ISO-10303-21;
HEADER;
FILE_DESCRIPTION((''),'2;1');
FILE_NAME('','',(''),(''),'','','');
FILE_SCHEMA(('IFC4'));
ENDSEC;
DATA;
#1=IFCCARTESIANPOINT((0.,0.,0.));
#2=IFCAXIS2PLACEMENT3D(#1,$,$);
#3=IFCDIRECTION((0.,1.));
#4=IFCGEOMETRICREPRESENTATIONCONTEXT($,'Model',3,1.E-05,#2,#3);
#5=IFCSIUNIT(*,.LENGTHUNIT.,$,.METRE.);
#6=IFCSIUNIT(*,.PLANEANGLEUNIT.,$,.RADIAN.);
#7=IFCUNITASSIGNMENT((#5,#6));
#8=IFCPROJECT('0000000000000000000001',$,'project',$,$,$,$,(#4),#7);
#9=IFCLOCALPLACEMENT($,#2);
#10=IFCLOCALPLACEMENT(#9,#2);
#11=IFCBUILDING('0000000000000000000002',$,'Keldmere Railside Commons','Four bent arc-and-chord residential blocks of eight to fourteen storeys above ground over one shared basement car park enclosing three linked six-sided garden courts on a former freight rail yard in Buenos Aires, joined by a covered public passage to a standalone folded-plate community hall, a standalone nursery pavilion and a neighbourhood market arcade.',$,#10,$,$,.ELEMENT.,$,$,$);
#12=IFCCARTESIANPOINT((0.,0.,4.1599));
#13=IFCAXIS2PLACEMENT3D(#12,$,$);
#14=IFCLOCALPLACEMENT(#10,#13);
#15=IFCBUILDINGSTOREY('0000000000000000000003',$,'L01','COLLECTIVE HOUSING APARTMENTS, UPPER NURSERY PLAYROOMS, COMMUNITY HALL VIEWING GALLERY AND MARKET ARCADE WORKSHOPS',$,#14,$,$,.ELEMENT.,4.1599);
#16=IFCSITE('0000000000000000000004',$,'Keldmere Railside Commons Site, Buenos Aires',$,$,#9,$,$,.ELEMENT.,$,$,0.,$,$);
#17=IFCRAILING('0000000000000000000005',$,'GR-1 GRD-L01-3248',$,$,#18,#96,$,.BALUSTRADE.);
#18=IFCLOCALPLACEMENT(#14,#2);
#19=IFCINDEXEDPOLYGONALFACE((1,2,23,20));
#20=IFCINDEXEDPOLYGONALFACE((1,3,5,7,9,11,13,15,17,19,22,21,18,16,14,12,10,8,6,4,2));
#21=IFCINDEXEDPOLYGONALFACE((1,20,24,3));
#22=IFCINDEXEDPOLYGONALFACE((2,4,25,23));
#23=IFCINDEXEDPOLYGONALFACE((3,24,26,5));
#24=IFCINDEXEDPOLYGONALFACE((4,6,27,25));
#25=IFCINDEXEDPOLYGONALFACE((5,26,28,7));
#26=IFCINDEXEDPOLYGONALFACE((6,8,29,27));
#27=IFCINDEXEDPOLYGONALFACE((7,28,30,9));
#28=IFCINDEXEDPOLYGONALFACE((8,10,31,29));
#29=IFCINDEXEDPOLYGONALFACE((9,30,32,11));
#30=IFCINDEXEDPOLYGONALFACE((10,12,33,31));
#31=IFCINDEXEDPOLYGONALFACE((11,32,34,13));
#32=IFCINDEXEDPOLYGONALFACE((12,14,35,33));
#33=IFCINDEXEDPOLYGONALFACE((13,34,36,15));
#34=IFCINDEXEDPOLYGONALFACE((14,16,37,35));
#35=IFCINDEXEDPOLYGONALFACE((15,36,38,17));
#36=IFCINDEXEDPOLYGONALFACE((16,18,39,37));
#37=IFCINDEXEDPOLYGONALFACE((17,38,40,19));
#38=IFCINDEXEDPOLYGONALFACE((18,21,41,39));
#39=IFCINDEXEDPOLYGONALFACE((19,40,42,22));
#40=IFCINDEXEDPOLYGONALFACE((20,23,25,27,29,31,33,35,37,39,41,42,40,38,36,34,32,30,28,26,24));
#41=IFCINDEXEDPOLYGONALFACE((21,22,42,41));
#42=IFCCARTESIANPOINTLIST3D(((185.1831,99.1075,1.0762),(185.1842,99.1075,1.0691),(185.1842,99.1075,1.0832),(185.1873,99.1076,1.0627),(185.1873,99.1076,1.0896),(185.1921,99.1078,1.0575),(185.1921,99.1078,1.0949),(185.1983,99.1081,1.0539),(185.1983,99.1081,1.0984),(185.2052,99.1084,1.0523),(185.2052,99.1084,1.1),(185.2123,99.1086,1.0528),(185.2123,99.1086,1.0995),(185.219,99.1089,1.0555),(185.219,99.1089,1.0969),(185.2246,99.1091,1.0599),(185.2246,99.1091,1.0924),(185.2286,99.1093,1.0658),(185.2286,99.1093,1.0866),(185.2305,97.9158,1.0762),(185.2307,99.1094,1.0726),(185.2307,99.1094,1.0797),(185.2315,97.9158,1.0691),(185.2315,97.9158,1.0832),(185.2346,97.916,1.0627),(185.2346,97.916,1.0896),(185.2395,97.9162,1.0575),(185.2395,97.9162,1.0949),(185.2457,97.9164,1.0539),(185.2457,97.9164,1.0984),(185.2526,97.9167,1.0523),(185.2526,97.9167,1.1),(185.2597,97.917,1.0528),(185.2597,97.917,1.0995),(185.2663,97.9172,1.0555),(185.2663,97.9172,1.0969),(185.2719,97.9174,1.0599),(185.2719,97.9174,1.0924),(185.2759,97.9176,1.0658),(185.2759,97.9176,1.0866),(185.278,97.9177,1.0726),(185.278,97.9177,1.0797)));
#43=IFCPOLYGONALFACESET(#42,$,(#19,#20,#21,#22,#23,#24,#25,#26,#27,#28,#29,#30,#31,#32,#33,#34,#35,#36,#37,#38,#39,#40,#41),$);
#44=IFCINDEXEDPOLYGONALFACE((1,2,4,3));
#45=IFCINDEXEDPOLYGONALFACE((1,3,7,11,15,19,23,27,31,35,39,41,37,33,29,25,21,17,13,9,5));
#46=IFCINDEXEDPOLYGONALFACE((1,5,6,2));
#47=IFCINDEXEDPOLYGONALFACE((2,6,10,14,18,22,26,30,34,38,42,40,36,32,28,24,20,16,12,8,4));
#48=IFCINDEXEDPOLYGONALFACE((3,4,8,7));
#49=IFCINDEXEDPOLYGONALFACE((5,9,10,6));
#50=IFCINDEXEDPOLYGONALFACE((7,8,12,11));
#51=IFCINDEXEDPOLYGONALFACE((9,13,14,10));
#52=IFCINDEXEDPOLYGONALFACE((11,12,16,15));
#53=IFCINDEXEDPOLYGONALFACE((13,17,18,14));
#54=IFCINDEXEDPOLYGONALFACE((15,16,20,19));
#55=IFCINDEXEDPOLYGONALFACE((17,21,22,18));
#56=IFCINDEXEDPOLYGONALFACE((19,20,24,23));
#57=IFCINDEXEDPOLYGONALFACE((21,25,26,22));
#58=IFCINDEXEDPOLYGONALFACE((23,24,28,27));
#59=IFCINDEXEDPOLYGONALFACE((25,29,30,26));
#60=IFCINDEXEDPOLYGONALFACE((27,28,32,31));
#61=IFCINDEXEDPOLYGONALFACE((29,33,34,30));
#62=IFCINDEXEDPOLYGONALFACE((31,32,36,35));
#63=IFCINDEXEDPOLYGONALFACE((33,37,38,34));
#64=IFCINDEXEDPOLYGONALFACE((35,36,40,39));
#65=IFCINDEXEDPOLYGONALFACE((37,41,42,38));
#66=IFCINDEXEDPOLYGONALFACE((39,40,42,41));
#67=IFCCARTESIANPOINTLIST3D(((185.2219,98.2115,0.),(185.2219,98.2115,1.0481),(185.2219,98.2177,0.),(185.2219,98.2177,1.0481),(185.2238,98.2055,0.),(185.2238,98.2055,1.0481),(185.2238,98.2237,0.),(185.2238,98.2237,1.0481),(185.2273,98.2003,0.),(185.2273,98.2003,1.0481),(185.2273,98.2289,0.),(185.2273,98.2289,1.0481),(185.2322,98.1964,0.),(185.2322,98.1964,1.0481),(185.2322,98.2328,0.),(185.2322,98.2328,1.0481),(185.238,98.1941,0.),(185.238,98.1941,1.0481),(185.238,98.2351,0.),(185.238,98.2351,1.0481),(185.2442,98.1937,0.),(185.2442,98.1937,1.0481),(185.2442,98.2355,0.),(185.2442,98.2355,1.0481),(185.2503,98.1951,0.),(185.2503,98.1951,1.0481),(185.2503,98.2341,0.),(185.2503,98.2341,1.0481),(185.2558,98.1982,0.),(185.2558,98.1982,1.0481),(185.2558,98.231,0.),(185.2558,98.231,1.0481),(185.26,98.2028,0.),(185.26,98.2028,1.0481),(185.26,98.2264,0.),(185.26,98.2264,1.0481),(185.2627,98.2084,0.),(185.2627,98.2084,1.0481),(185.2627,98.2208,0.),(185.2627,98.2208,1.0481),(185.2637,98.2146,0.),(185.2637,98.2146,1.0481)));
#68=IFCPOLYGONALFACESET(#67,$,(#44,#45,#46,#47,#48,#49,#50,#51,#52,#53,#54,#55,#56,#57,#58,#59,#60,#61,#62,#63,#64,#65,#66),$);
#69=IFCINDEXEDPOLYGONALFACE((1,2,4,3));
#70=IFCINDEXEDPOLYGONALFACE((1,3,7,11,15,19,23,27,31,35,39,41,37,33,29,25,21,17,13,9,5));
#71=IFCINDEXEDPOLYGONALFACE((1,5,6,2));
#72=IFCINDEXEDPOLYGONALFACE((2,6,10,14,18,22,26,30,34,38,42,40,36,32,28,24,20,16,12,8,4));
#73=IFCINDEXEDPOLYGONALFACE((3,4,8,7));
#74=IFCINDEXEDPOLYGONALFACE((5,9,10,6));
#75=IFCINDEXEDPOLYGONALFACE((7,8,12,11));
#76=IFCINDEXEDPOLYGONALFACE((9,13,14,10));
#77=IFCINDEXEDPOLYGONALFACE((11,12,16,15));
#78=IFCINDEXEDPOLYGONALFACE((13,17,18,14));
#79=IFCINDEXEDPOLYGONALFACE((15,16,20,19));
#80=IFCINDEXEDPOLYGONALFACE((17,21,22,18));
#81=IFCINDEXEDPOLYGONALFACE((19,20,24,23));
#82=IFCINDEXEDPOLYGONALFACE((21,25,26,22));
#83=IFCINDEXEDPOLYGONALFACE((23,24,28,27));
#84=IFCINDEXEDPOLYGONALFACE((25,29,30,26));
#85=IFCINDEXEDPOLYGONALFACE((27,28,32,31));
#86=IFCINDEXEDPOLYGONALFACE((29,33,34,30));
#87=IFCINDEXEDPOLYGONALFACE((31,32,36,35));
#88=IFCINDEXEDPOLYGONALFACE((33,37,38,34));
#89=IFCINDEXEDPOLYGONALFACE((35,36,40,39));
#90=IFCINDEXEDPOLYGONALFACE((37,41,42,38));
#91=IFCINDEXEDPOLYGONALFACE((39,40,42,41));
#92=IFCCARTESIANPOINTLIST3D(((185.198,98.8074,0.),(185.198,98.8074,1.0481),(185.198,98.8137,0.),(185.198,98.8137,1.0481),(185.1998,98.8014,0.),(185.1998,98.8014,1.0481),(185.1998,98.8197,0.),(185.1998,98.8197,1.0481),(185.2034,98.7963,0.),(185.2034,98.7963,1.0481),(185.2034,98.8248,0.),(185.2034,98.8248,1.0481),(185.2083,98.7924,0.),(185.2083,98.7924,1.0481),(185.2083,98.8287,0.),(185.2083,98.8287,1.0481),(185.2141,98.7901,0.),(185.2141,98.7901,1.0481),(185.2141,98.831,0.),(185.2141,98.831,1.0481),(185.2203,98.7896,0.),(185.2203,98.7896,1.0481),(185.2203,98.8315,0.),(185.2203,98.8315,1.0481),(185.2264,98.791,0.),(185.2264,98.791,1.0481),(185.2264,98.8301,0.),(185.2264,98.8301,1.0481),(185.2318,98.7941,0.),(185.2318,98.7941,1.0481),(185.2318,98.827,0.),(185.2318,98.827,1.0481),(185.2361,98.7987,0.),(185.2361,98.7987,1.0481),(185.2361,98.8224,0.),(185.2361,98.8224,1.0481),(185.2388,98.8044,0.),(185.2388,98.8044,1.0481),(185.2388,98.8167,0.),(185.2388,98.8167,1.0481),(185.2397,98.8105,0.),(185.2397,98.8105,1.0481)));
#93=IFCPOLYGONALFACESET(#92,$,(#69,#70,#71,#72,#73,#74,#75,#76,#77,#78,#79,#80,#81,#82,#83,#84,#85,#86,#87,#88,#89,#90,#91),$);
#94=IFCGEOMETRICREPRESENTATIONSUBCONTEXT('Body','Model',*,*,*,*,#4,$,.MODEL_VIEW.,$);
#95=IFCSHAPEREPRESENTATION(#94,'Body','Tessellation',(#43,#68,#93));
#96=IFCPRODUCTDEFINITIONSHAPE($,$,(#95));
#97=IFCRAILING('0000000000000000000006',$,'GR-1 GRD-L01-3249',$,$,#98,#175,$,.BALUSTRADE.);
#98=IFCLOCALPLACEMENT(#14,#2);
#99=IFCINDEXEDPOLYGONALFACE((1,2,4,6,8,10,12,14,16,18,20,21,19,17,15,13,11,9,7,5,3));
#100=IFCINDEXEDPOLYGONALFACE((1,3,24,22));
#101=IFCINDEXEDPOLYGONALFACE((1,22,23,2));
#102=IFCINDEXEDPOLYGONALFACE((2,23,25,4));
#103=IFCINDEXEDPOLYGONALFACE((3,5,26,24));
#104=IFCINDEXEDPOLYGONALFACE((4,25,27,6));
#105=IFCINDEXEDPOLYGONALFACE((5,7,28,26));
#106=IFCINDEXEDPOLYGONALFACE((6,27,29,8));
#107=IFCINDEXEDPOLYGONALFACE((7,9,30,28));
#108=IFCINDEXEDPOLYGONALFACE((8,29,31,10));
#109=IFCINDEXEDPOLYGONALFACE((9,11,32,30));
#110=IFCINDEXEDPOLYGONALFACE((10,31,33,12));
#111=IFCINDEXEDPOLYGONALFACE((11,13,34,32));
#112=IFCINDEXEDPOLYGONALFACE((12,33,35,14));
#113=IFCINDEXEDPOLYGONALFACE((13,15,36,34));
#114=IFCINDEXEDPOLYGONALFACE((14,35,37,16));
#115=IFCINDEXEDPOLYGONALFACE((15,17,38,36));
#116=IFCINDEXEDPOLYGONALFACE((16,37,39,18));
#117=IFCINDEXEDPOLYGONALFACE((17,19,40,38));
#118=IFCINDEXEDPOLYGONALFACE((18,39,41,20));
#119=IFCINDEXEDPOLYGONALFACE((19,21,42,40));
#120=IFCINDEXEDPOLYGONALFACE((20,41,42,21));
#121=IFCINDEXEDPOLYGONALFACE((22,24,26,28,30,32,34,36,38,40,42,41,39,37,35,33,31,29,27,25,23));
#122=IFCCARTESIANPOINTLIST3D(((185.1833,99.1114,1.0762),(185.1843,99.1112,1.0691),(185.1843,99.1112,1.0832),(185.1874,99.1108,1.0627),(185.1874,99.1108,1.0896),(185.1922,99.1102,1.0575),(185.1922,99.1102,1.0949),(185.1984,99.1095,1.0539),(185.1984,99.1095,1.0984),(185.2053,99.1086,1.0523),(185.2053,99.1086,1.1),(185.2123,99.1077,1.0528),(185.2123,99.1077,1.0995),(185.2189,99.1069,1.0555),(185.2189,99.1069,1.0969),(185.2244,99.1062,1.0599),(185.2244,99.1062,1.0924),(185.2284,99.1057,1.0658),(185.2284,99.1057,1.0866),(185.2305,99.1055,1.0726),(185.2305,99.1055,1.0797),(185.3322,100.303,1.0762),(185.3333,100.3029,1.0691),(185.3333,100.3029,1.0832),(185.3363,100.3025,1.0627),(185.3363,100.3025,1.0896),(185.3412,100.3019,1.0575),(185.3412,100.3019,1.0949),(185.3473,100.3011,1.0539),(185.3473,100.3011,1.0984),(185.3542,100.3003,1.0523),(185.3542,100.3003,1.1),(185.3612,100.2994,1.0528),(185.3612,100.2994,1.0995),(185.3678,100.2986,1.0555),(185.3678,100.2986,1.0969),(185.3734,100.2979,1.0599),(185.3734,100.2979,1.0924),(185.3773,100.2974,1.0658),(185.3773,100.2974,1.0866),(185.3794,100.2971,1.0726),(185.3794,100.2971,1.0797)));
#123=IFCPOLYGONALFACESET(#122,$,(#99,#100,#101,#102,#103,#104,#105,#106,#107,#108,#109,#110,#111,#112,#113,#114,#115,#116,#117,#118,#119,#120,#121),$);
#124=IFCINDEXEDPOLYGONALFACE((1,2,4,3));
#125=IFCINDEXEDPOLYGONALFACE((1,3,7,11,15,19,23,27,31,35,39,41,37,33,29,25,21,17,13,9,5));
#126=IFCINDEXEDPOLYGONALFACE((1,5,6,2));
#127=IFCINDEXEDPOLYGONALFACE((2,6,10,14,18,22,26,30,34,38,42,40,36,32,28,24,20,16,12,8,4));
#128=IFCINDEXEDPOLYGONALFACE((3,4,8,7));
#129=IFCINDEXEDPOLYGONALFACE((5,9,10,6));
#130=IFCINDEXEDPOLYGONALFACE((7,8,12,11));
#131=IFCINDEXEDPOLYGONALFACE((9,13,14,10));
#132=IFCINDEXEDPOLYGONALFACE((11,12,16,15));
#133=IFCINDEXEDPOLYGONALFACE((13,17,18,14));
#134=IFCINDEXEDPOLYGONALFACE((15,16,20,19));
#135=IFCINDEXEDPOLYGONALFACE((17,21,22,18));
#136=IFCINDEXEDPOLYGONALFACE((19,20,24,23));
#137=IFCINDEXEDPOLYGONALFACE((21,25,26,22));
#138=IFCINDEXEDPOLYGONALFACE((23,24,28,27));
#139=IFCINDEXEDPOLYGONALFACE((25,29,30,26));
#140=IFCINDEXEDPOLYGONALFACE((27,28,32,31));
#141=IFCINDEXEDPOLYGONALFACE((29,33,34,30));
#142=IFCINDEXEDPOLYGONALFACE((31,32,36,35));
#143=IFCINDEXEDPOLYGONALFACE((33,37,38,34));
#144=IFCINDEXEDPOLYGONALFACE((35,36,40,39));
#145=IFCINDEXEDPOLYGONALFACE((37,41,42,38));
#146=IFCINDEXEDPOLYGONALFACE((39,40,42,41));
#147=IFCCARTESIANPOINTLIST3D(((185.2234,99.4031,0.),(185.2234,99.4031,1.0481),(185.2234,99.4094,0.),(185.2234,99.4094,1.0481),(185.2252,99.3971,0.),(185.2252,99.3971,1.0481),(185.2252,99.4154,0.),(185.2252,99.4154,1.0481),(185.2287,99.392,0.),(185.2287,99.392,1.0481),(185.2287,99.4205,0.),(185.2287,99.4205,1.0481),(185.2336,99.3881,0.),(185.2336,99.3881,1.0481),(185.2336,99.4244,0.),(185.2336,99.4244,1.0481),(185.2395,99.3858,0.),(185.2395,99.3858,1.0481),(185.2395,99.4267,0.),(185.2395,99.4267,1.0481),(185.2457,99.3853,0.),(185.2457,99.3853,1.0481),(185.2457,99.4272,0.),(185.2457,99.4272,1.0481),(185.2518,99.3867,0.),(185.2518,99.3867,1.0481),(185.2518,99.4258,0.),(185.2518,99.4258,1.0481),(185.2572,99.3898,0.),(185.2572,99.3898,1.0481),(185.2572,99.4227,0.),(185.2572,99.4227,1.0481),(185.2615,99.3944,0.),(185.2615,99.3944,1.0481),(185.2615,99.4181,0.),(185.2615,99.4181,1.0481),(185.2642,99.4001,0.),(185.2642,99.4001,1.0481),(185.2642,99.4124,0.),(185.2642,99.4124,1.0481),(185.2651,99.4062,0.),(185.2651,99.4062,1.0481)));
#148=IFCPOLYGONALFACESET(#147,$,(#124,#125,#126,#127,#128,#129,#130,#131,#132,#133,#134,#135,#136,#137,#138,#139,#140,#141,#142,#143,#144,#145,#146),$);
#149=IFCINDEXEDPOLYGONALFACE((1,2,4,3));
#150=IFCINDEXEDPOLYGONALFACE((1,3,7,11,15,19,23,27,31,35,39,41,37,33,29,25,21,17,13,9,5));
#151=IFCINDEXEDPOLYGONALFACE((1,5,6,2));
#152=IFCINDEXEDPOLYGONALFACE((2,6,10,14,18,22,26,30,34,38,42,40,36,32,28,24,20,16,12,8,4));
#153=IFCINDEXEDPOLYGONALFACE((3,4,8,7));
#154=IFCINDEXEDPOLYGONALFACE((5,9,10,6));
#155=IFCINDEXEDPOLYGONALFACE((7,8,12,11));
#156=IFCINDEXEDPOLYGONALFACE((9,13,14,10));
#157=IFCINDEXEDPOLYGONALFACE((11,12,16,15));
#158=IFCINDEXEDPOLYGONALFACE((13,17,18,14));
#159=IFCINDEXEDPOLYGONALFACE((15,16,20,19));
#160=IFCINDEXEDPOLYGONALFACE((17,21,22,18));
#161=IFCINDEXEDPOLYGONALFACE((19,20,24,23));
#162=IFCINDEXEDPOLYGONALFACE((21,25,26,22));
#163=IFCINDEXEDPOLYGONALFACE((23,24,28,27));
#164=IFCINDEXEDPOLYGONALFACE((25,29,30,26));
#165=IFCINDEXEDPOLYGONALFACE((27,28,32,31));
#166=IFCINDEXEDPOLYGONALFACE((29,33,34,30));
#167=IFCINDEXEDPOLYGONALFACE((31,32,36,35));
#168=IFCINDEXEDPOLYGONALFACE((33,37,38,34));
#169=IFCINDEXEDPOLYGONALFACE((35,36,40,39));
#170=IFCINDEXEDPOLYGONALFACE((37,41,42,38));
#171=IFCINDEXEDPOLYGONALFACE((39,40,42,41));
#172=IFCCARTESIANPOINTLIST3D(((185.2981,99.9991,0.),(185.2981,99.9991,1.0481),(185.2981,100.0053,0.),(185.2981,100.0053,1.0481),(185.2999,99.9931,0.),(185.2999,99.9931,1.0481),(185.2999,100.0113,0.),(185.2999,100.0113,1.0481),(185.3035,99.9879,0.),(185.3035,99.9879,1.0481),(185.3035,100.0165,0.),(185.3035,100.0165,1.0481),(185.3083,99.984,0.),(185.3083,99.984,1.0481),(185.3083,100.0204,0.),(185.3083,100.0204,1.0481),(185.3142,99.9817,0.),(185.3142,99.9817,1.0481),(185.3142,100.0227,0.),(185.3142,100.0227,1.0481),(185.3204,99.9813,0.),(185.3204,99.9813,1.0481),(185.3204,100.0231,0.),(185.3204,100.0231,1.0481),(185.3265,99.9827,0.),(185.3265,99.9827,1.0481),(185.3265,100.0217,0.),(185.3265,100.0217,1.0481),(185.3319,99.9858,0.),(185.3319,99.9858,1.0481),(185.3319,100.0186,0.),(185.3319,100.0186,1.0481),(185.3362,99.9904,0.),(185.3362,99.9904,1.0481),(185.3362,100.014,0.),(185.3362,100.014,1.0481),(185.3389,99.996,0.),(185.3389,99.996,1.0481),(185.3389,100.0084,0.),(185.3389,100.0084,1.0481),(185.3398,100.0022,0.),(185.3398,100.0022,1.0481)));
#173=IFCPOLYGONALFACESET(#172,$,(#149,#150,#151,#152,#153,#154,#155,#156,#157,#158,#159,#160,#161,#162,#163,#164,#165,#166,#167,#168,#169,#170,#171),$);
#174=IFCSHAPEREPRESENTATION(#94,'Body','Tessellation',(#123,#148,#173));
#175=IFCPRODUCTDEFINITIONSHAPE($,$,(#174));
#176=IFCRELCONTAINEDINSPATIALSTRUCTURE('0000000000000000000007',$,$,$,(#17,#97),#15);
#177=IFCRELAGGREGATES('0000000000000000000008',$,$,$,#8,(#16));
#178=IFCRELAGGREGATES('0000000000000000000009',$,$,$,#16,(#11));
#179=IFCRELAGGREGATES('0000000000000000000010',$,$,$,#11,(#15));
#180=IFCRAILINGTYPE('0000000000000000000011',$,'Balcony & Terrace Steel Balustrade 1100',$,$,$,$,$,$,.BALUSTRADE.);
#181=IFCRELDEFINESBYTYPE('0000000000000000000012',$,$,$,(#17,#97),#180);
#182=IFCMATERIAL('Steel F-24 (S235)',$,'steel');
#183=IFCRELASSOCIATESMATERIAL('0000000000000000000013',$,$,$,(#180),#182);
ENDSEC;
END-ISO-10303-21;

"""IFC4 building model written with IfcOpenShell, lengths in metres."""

from ifc_helpers import new_model, si_unit, direction, frame, origin, origin_2d, place, context, subcontext, project, spatial, circle, extrude, material, type_object, element, save


model = new_model("IFC4")

# Units and contexts
model_context = context("Model", 3, precision=1e-05, world=origin(), true_north=direction((0.0, 1.0)))
body_context = subcontext(model_context, "Body", "Model", "MODEL_VIEW")
ifc_project = project(units=[si_unit("LENGTHUNIT", "METRE"), si_unit("PLANEANGLEUNIT", "RADIAN")], contexts=[model_context])

# Site, building, storey
site_placement = place(None, origin())
site = spatial("IfcSite", under=ifc_project, at=site_placement, Name="Keldmere Railside Commons Site, Buenos Aires", CompositionType="ELEMENT", RefElevation=0.0)
building_placement = place(site_placement, origin())
building = spatial("IfcBuilding", under=site, at=building_placement, Name="Keldmere Railside Commons", Description="Four bent arc-and-chord residential blocks of eight to fourteen storeys above ground over one shared basement car park enclosing three linked six-sided garden courts on a former freight rail yard in Buenos Aires, joined by a covered public passage to a standalone folded-plate community hall, a standalone nursery pavilion and a neighbourhood market arcade.", CompositionType="ELEMENT")
storey_placement = place(building_placement, frame((0.0, 0.0, 4.1599)))
storey = spatial("IfcBuildingStorey", under=building, at=storey_placement, Name="L01", Description="COLLECTIVE HOUSING APARTMENTS, UPPER NURSERY PLAYROOMS, COMMUNITY HALL VIEWING GALLERY AND MARKET ARCADE WORKSHOPS", CompositionType="ELEMENT", Elevation=4.1599)

# Railings
ifc_material_1 = material(Name="Steel F-24 (S235)", Category="steel")
railing_type = type_object("IfcRailingType", Name="Balcony & Terrace Steel Balustrade 1100", PredefinedType="BALUSTRADE", material=ifc_material_1)
railing_1_placement = place(storey_placement, frame((185.2544, 97.9167, 0.0)))
element("IfcRailing", 1, at=railing_1_placement, inside=storey, type_object=railing_type, Name="GR-1 GRD-L01-3248", PredefinedType="BALUSTRADE", context=body_context, shape_type="SweptSolid", body=[
    extrude(circle(Radius=0.0239, at=origin_2d()), frame((0.0, 0.0, 1.0762), z_axis=(-0.039715, 0.999211, 0.0), x_axis=(-0.999211, -0.039715, 0.0)), (0.0, 0.0, 1.0), 1.1926),
    extrude(circle(Radius=0.021, at=origin_2d()), frame((-0.0117, 0.2979, 0.0)), (0.0, 0.0, 1.0), 1.0481),
    extrude(circle(Radius=0.021, at=origin_2d()), frame((-0.0356, 0.8938, 0.0)), (0.0, 0.0, 1.0), 1.0481),
])
railing_2_placement = place(storey_placement, frame((185.207, 99.1084, 0.0)))
element("IfcRailing", 2, at=railing_2_placement, inside=storey, type_object=railing_type, Name="GR-1 GRD-L01-3249", PredefinedType="BALUSTRADE", context=body_context, shape_type="SweptSolid", body=[
    extrude(circle(Radius=0.0239, at=origin_2d()), frame((0.0, 0.0, 1.0762), z_axis=(0.12401, 0.992281, 0.0), x_axis=(-0.992281, 0.12401, 0.0)), (0.0, 0.0, 1.0), 1.2009),
    extrude(circle(Radius=0.021, at=origin_2d()), frame((0.0371, 0.2979, 0.0)), (0.0, 0.0, 1.0), 1.0481),
    extrude(circle(Radius=0.021, at=origin_2d()), frame((0.1118, 0.8938, 0.0)), (0.0, 0.0, 1.0), 1.0481),
])

save(model, "model.ifc")
